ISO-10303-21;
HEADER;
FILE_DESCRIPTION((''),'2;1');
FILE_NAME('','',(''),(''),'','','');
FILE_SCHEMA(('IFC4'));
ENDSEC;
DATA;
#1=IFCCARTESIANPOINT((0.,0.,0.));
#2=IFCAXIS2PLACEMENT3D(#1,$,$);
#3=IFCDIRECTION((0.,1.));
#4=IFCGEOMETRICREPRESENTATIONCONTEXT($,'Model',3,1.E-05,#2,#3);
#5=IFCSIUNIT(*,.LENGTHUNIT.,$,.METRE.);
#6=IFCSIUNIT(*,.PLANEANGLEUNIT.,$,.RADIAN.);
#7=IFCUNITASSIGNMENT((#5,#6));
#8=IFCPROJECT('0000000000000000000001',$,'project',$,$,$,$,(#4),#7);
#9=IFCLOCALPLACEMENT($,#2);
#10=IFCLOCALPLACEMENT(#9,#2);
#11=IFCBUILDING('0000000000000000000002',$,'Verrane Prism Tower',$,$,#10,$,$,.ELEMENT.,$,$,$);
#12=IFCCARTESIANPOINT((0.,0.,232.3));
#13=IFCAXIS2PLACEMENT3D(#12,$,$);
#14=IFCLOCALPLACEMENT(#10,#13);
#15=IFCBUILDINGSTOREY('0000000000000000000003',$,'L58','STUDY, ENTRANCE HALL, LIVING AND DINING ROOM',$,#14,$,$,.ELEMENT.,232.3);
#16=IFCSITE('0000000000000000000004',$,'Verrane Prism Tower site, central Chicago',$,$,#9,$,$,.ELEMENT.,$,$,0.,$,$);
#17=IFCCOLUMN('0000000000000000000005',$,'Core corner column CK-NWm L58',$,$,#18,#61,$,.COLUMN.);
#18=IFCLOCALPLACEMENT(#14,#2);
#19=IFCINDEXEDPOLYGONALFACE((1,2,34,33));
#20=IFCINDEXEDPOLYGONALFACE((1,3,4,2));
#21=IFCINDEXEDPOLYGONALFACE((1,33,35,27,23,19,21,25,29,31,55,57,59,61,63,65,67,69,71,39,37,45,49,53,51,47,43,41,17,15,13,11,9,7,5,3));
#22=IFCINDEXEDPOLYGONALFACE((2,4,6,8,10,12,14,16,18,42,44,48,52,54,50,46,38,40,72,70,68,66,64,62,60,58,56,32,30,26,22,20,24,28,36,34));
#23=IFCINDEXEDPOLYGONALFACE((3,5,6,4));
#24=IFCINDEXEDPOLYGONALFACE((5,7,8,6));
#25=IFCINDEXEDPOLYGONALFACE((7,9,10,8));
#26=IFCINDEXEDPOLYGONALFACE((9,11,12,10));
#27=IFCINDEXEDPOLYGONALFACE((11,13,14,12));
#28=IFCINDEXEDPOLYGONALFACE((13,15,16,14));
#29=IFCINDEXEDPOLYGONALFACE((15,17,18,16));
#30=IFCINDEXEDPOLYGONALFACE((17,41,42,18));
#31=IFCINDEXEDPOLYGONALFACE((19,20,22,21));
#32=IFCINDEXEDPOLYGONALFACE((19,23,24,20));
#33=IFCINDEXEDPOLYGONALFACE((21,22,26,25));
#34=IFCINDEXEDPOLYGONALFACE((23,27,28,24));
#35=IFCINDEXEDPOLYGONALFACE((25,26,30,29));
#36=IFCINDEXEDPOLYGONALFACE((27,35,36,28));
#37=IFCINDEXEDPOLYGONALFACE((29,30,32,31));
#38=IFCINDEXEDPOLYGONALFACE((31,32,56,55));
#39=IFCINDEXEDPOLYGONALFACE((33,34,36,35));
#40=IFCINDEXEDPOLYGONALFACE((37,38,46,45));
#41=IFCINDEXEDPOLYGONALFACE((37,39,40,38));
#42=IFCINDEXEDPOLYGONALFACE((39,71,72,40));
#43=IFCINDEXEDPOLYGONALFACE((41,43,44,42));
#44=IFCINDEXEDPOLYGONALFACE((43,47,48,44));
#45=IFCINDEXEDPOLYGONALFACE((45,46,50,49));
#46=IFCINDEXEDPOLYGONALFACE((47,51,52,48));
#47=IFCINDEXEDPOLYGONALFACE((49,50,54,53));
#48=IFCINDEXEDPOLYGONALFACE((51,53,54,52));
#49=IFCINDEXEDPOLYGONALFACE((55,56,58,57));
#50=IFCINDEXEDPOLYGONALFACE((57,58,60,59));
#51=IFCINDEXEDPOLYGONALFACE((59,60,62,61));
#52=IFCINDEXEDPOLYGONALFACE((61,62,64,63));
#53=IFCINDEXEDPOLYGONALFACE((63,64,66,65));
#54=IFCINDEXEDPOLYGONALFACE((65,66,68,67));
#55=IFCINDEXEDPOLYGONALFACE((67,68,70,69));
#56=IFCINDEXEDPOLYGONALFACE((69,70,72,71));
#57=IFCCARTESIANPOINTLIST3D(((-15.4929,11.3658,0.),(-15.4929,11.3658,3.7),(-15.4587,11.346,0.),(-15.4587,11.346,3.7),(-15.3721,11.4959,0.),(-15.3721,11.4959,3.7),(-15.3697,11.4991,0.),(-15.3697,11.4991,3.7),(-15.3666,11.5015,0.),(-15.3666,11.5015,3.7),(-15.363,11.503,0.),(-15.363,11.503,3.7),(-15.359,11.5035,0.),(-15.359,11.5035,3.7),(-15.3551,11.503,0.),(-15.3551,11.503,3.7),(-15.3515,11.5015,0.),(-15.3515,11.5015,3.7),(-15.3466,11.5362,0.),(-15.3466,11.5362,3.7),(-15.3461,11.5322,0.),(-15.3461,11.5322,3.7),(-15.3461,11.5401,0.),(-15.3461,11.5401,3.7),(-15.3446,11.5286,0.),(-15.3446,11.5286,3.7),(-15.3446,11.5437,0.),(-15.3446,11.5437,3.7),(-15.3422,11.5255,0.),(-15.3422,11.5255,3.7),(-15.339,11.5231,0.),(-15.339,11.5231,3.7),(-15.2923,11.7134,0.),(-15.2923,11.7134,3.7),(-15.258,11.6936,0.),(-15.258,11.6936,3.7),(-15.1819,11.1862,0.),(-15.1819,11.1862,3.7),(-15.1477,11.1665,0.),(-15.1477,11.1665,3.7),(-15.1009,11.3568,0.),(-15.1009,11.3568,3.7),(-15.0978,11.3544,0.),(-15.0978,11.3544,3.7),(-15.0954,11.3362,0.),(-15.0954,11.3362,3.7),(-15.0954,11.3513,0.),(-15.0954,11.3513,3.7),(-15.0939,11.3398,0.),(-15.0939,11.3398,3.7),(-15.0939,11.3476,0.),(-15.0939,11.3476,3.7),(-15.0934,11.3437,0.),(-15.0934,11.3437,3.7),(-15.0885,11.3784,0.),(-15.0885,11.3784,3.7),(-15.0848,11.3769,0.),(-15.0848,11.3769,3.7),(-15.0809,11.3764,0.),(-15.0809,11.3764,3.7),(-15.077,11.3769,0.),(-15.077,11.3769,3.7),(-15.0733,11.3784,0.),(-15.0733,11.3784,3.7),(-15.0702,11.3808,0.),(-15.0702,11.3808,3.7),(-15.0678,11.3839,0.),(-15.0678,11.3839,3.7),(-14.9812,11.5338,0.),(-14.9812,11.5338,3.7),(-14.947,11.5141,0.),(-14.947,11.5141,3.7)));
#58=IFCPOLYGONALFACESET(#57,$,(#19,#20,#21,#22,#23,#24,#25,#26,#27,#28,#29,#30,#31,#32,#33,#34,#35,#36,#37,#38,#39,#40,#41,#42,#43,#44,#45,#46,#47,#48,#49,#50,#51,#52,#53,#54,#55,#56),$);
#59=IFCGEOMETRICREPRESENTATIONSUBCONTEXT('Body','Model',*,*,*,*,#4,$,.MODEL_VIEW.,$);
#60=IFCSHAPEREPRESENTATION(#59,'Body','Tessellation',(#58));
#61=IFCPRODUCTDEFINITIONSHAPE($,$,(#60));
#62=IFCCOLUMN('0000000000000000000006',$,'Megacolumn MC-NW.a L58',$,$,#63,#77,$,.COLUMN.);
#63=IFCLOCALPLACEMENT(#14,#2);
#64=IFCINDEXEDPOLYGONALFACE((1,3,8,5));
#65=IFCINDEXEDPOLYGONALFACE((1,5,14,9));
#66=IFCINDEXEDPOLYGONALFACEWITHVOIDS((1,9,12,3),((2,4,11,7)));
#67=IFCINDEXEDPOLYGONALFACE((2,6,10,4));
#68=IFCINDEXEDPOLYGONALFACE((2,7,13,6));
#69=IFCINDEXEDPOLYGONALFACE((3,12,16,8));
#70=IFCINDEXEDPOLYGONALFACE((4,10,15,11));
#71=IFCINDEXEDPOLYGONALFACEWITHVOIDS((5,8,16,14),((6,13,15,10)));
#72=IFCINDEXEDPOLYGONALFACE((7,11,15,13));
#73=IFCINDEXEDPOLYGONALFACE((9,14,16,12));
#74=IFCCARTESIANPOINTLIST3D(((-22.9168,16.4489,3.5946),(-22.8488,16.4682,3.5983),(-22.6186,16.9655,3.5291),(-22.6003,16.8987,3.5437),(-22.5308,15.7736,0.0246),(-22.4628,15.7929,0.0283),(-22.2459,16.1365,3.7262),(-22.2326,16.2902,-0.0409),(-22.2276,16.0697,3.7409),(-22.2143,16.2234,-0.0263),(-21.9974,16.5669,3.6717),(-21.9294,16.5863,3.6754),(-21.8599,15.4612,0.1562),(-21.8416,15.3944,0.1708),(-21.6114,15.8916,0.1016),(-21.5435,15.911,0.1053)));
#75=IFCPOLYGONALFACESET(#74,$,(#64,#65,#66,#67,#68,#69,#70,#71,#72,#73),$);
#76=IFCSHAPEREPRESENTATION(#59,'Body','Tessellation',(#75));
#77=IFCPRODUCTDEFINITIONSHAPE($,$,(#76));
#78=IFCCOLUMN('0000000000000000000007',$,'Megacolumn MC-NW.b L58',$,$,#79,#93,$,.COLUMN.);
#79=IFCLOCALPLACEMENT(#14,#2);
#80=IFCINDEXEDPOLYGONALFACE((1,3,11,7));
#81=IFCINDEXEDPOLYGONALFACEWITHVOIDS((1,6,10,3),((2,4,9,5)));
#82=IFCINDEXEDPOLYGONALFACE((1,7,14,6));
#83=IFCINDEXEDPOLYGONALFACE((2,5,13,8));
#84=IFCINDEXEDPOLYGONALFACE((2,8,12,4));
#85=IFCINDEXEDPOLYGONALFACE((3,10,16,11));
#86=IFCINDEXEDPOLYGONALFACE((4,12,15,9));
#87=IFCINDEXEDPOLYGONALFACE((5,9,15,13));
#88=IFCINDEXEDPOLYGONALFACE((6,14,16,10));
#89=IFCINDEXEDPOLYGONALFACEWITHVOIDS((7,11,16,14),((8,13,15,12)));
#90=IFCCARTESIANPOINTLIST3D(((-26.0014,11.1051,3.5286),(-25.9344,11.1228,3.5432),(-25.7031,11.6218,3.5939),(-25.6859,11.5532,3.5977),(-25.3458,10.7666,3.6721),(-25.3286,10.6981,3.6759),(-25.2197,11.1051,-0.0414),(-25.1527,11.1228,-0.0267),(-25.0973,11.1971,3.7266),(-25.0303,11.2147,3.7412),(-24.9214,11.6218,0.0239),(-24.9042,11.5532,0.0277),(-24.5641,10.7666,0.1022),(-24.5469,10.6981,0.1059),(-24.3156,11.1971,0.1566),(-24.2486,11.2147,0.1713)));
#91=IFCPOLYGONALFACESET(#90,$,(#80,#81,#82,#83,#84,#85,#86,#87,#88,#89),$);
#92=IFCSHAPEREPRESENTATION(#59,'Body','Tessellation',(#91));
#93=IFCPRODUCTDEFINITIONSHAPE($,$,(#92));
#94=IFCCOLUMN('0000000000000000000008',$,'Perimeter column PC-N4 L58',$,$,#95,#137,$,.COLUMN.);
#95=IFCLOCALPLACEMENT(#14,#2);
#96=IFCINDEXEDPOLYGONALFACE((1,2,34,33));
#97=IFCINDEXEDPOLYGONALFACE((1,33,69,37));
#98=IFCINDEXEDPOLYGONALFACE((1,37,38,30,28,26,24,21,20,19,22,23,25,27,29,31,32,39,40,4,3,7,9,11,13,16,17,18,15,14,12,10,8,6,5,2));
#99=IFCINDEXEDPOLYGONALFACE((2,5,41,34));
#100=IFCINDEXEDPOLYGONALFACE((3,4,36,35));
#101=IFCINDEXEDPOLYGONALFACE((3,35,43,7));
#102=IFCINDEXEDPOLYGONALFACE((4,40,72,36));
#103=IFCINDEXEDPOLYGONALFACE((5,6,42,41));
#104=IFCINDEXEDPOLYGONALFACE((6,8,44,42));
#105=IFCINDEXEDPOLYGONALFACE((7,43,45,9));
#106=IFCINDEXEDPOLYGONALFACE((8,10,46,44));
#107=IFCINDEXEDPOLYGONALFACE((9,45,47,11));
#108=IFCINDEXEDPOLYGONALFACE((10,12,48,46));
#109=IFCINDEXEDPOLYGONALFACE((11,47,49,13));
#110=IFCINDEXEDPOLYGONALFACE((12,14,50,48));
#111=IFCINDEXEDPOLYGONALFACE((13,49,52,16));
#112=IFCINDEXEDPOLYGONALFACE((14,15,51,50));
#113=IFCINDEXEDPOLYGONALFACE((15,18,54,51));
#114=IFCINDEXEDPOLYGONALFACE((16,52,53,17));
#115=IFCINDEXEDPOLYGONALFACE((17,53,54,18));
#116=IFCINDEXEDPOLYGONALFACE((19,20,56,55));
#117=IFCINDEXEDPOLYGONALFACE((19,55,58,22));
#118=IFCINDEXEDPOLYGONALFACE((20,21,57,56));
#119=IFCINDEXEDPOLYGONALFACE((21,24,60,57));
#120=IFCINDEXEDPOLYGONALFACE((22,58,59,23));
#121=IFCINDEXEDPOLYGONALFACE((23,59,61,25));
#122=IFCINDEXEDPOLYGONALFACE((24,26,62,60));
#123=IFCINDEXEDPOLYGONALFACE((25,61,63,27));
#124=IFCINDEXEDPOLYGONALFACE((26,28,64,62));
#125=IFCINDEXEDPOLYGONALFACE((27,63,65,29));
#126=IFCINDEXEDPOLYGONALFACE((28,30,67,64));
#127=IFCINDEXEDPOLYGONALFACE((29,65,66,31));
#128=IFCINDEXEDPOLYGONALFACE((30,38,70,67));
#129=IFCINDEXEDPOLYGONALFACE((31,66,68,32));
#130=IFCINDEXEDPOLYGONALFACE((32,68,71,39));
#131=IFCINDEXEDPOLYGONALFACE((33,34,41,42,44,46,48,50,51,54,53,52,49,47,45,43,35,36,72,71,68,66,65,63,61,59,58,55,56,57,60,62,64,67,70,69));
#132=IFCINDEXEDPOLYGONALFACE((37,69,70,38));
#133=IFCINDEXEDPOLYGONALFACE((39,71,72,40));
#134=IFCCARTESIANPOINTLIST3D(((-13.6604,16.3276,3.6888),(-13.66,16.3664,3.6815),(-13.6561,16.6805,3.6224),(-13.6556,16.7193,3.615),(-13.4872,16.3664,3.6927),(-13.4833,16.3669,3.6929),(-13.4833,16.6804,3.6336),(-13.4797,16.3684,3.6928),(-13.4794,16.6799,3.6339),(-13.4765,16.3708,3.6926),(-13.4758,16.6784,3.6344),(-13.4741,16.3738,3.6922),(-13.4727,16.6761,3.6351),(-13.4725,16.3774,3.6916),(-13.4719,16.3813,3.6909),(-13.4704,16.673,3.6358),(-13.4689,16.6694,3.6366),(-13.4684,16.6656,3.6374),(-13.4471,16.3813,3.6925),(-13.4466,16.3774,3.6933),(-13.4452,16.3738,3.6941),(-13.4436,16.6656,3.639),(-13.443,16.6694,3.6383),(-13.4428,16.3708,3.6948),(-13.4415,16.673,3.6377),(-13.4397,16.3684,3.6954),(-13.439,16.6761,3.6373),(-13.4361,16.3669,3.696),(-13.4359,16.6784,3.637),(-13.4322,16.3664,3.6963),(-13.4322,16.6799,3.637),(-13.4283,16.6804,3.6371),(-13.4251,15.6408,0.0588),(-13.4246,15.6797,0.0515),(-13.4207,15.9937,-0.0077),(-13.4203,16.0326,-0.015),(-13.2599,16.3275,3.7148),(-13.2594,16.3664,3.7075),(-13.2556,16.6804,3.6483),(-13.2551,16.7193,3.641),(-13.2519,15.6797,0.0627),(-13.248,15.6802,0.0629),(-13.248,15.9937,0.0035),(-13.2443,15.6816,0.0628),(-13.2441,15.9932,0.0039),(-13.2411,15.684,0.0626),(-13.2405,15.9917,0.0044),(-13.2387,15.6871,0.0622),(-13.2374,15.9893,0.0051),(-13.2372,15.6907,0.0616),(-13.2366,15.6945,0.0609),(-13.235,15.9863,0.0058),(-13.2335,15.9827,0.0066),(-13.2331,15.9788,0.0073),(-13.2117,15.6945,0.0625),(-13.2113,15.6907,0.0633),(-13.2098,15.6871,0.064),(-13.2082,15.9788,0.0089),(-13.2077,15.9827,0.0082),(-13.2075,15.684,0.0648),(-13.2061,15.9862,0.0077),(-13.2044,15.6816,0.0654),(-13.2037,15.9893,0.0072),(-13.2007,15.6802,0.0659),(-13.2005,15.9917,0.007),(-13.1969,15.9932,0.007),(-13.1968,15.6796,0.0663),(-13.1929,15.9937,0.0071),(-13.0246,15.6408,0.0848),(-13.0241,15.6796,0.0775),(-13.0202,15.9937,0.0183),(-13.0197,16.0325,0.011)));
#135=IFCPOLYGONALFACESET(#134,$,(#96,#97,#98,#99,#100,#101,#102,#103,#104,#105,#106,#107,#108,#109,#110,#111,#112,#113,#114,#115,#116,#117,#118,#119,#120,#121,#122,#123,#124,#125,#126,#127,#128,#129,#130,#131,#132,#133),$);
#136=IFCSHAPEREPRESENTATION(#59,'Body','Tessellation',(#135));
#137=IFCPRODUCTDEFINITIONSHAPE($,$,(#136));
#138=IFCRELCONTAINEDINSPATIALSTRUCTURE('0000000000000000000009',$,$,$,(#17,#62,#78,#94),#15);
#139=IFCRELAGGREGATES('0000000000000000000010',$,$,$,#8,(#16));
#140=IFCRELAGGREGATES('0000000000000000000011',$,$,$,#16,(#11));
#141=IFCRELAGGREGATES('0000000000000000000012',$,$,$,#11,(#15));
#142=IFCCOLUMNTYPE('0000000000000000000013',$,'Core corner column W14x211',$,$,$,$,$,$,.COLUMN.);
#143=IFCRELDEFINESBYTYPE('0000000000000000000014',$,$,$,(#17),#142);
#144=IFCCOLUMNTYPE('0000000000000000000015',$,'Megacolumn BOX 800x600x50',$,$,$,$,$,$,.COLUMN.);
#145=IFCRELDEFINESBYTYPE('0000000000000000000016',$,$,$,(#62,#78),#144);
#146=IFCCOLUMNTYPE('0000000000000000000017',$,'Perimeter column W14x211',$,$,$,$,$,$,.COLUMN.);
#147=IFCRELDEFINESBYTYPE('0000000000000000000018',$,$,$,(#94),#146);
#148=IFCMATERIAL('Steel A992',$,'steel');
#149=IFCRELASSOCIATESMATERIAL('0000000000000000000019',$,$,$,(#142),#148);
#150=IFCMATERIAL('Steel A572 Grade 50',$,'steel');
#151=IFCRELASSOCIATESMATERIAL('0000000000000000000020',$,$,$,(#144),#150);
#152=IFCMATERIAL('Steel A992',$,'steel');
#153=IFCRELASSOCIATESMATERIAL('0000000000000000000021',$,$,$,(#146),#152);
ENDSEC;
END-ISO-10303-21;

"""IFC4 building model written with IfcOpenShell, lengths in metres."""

from ifc_helpers import new_model, si_unit, direction, frame, origin, origin_2d, place, context, subcontext, project, spatial, hollow_rectangle, i_section, extrude, material, material_profile, profile_set, type_object, element, save


model = new_model("IFC4")

# Units and contexts
model_context = context("Model", 3, precision=1e-05, world=origin(), true_north=direction((0.0, 1.0)))
body_context = subcontext(model_context, "Body", "Model", "MODEL_VIEW")
ifc_project = project(units=[si_unit("LENGTHUNIT", "METRE"), si_unit("PLANEANGLEUNIT", "RADIAN")], contexts=[model_context])

# Site, building, storey
site_placement = place(None, origin())
site = spatial("IfcSite", under=ifc_project, at=site_placement, Name="Verrane Prism Tower site, central Chicago", CompositionType="ELEMENT", RefElevation=0.0)
building_placement = place(site_placement, origin())
building = spatial("IfcBuilding", under=site, at=building_placement, Name="Verrane Prism Tower", CompositionType="ELEMENT")
storey_placement = place(building_placement, frame((0.0, 0.0, 232.3)))
storey = spatial("IfcBuildingStorey", under=building, at=storey_placement, Name="L58", Description="STUDY, ENTRANCE HALL, LIVING AND DINING ROOM", CompositionType="ELEMENT", Elevation=232.3)

# Columns
ifc_material_1 = material(Name="Steel A992", Category="steel")
ifc_material_profile_1 = material_profile(ifc_material_1, i_section(OverallWidth=0.4014, OverallDepth=0.3987, WebThickness=0.0249, FlangeThickness=0.0396, FilletRadius=0.0151, at=origin_2d()), Name="W14x211")
ifc_profile_set_1 = profile_set([ifc_material_profile_1], Name="Steel A992")
column_type_1 = type_object("IfcColumnType", Name="Core corner column W14x211", PredefinedType="COLUMN", material=ifc_profile_set_1)
column_1_placement = place(storey_placement, frame((-15.22, 11.4399, 0.0), z_axis=(0.0, 0.0, 1.0), x_axis=(0.5, 0.866025, 0.0)))
element("IfcColumn", 1, at=column_1_placement, inside=storey, type_object=column_type_1, Name="Core corner column CK-NWm L58", PredefinedType="COLUMN", context=body_context, shape_type="SweptSolid", body=[
    extrude(i_section(OverallWidth=0.4014, OverallDepth=0.3987, WebThickness=0.0249, FlangeThickness=0.0396, FilletRadius=0.0151, at=origin_2d()), origin(), (0.0, 0.0, 1.0), 3.7),
])
ifc_material_2 = material(Name="Steel A572 Grade 50", Category="steel")
ifc_material_profile_2 = material_profile(ifc_material_2, hollow_rectangle(XDim=0.6001, YDim=0.8, WallThickness=0.05, at=origin_2d()), Name="BOX 800x600x50")
ifc_profile_set_2 = profile_set([ifc_material_profile_2], Name="Steel A572 Grade 50")
column_type_2 = type_object("IfcColumnType", Name="Megacolumn BOX 800x600x50", PredefinedType="COLUMN", material=ifc_profile_set_2)
column_2_placement = place(storey_placement, frame((-22.0371, 15.8423, 0.0649), z_axis=(-0.105639, 0.184818, 0.977079), x_axis=(0.496911, 0.860914, -0.109121)))
element("IfcColumn", 2, at=column_2_placement, inside=storey, type_object=column_type_2, Name="Megacolumn MC-NW.a L58", PredefinedType="COLUMN", context=body_context, shape_type="SweptSolid", body=[
    extrude(hollow_rectangle(XDim=0.6001, YDim=0.8, WallThickness=0.05, at=origin_2d()), origin(), (0.0, 0.0, 1.0), 3.6538),
])
column_3_placement = place(storey_placement, frame((-24.7341, 11.1599, 0.0649), z_axis=(-0.213902, 0.0, 0.976855), x_axis=(0.497026, 0.860883, 0.108834)))
element("IfcColumn", 3, at=column_3_placement, inside=storey, type_object=column_type_2, Name="Megacolumn MC-NW.b L58", PredefinedType="COLUMN", context=body_context, shape_type="SweptSolid", body=[
    extrude(hollow_rectangle(XDim=0.6001, YDim=0.8, WallThickness=0.05, at=origin_2d()), origin(), (0.0, 0.0, 1.0), 3.6545),
])
ifc_material_3 = material(Name="Steel A992", Category="steel")
ifc_material_profile_3 = material_profile(ifc_material_3, i_section(OverallWidth=0.4014, OverallDepth=0.3987, WebThickness=0.0249, FlangeThickness=0.0396, FilletRadius=0.0151, at=origin_2d()), Name="W14x211")
ifc_profile_set_3 = profile_set([ifc_material_profile_3], Name="Steel A992")
column_type_3 = type_object("IfcColumnType", Name="Perimeter column W14x211", PredefinedType="COLUMN", material=ifc_profile_set_3)
column_4_placement = place(storey_placement, frame((-13.2224, 15.8367, 0.0349), z_axis=(-0.063574, 0.185512, 0.980583), x_axis=(0.997903, -0.000145, 0.064724)))
element("IfcColumn", 4, at=column_4_placement, inside=storey, type_object=column_type_3, Name="Perimeter column PC-N4 L58", PredefinedType="COLUMN", context=body_context, shape_type="SweptSolid", body=[
    extrude(i_section(OverallWidth=0.4014, OverallDepth=0.3987, WebThickness=0.0249, FlangeThickness=0.0396, FilletRadius=0.0151, at=origin_2d()), origin(), (0.0, 0.0, 1.0), 3.7019),
])

save(model, "model.ifc")
